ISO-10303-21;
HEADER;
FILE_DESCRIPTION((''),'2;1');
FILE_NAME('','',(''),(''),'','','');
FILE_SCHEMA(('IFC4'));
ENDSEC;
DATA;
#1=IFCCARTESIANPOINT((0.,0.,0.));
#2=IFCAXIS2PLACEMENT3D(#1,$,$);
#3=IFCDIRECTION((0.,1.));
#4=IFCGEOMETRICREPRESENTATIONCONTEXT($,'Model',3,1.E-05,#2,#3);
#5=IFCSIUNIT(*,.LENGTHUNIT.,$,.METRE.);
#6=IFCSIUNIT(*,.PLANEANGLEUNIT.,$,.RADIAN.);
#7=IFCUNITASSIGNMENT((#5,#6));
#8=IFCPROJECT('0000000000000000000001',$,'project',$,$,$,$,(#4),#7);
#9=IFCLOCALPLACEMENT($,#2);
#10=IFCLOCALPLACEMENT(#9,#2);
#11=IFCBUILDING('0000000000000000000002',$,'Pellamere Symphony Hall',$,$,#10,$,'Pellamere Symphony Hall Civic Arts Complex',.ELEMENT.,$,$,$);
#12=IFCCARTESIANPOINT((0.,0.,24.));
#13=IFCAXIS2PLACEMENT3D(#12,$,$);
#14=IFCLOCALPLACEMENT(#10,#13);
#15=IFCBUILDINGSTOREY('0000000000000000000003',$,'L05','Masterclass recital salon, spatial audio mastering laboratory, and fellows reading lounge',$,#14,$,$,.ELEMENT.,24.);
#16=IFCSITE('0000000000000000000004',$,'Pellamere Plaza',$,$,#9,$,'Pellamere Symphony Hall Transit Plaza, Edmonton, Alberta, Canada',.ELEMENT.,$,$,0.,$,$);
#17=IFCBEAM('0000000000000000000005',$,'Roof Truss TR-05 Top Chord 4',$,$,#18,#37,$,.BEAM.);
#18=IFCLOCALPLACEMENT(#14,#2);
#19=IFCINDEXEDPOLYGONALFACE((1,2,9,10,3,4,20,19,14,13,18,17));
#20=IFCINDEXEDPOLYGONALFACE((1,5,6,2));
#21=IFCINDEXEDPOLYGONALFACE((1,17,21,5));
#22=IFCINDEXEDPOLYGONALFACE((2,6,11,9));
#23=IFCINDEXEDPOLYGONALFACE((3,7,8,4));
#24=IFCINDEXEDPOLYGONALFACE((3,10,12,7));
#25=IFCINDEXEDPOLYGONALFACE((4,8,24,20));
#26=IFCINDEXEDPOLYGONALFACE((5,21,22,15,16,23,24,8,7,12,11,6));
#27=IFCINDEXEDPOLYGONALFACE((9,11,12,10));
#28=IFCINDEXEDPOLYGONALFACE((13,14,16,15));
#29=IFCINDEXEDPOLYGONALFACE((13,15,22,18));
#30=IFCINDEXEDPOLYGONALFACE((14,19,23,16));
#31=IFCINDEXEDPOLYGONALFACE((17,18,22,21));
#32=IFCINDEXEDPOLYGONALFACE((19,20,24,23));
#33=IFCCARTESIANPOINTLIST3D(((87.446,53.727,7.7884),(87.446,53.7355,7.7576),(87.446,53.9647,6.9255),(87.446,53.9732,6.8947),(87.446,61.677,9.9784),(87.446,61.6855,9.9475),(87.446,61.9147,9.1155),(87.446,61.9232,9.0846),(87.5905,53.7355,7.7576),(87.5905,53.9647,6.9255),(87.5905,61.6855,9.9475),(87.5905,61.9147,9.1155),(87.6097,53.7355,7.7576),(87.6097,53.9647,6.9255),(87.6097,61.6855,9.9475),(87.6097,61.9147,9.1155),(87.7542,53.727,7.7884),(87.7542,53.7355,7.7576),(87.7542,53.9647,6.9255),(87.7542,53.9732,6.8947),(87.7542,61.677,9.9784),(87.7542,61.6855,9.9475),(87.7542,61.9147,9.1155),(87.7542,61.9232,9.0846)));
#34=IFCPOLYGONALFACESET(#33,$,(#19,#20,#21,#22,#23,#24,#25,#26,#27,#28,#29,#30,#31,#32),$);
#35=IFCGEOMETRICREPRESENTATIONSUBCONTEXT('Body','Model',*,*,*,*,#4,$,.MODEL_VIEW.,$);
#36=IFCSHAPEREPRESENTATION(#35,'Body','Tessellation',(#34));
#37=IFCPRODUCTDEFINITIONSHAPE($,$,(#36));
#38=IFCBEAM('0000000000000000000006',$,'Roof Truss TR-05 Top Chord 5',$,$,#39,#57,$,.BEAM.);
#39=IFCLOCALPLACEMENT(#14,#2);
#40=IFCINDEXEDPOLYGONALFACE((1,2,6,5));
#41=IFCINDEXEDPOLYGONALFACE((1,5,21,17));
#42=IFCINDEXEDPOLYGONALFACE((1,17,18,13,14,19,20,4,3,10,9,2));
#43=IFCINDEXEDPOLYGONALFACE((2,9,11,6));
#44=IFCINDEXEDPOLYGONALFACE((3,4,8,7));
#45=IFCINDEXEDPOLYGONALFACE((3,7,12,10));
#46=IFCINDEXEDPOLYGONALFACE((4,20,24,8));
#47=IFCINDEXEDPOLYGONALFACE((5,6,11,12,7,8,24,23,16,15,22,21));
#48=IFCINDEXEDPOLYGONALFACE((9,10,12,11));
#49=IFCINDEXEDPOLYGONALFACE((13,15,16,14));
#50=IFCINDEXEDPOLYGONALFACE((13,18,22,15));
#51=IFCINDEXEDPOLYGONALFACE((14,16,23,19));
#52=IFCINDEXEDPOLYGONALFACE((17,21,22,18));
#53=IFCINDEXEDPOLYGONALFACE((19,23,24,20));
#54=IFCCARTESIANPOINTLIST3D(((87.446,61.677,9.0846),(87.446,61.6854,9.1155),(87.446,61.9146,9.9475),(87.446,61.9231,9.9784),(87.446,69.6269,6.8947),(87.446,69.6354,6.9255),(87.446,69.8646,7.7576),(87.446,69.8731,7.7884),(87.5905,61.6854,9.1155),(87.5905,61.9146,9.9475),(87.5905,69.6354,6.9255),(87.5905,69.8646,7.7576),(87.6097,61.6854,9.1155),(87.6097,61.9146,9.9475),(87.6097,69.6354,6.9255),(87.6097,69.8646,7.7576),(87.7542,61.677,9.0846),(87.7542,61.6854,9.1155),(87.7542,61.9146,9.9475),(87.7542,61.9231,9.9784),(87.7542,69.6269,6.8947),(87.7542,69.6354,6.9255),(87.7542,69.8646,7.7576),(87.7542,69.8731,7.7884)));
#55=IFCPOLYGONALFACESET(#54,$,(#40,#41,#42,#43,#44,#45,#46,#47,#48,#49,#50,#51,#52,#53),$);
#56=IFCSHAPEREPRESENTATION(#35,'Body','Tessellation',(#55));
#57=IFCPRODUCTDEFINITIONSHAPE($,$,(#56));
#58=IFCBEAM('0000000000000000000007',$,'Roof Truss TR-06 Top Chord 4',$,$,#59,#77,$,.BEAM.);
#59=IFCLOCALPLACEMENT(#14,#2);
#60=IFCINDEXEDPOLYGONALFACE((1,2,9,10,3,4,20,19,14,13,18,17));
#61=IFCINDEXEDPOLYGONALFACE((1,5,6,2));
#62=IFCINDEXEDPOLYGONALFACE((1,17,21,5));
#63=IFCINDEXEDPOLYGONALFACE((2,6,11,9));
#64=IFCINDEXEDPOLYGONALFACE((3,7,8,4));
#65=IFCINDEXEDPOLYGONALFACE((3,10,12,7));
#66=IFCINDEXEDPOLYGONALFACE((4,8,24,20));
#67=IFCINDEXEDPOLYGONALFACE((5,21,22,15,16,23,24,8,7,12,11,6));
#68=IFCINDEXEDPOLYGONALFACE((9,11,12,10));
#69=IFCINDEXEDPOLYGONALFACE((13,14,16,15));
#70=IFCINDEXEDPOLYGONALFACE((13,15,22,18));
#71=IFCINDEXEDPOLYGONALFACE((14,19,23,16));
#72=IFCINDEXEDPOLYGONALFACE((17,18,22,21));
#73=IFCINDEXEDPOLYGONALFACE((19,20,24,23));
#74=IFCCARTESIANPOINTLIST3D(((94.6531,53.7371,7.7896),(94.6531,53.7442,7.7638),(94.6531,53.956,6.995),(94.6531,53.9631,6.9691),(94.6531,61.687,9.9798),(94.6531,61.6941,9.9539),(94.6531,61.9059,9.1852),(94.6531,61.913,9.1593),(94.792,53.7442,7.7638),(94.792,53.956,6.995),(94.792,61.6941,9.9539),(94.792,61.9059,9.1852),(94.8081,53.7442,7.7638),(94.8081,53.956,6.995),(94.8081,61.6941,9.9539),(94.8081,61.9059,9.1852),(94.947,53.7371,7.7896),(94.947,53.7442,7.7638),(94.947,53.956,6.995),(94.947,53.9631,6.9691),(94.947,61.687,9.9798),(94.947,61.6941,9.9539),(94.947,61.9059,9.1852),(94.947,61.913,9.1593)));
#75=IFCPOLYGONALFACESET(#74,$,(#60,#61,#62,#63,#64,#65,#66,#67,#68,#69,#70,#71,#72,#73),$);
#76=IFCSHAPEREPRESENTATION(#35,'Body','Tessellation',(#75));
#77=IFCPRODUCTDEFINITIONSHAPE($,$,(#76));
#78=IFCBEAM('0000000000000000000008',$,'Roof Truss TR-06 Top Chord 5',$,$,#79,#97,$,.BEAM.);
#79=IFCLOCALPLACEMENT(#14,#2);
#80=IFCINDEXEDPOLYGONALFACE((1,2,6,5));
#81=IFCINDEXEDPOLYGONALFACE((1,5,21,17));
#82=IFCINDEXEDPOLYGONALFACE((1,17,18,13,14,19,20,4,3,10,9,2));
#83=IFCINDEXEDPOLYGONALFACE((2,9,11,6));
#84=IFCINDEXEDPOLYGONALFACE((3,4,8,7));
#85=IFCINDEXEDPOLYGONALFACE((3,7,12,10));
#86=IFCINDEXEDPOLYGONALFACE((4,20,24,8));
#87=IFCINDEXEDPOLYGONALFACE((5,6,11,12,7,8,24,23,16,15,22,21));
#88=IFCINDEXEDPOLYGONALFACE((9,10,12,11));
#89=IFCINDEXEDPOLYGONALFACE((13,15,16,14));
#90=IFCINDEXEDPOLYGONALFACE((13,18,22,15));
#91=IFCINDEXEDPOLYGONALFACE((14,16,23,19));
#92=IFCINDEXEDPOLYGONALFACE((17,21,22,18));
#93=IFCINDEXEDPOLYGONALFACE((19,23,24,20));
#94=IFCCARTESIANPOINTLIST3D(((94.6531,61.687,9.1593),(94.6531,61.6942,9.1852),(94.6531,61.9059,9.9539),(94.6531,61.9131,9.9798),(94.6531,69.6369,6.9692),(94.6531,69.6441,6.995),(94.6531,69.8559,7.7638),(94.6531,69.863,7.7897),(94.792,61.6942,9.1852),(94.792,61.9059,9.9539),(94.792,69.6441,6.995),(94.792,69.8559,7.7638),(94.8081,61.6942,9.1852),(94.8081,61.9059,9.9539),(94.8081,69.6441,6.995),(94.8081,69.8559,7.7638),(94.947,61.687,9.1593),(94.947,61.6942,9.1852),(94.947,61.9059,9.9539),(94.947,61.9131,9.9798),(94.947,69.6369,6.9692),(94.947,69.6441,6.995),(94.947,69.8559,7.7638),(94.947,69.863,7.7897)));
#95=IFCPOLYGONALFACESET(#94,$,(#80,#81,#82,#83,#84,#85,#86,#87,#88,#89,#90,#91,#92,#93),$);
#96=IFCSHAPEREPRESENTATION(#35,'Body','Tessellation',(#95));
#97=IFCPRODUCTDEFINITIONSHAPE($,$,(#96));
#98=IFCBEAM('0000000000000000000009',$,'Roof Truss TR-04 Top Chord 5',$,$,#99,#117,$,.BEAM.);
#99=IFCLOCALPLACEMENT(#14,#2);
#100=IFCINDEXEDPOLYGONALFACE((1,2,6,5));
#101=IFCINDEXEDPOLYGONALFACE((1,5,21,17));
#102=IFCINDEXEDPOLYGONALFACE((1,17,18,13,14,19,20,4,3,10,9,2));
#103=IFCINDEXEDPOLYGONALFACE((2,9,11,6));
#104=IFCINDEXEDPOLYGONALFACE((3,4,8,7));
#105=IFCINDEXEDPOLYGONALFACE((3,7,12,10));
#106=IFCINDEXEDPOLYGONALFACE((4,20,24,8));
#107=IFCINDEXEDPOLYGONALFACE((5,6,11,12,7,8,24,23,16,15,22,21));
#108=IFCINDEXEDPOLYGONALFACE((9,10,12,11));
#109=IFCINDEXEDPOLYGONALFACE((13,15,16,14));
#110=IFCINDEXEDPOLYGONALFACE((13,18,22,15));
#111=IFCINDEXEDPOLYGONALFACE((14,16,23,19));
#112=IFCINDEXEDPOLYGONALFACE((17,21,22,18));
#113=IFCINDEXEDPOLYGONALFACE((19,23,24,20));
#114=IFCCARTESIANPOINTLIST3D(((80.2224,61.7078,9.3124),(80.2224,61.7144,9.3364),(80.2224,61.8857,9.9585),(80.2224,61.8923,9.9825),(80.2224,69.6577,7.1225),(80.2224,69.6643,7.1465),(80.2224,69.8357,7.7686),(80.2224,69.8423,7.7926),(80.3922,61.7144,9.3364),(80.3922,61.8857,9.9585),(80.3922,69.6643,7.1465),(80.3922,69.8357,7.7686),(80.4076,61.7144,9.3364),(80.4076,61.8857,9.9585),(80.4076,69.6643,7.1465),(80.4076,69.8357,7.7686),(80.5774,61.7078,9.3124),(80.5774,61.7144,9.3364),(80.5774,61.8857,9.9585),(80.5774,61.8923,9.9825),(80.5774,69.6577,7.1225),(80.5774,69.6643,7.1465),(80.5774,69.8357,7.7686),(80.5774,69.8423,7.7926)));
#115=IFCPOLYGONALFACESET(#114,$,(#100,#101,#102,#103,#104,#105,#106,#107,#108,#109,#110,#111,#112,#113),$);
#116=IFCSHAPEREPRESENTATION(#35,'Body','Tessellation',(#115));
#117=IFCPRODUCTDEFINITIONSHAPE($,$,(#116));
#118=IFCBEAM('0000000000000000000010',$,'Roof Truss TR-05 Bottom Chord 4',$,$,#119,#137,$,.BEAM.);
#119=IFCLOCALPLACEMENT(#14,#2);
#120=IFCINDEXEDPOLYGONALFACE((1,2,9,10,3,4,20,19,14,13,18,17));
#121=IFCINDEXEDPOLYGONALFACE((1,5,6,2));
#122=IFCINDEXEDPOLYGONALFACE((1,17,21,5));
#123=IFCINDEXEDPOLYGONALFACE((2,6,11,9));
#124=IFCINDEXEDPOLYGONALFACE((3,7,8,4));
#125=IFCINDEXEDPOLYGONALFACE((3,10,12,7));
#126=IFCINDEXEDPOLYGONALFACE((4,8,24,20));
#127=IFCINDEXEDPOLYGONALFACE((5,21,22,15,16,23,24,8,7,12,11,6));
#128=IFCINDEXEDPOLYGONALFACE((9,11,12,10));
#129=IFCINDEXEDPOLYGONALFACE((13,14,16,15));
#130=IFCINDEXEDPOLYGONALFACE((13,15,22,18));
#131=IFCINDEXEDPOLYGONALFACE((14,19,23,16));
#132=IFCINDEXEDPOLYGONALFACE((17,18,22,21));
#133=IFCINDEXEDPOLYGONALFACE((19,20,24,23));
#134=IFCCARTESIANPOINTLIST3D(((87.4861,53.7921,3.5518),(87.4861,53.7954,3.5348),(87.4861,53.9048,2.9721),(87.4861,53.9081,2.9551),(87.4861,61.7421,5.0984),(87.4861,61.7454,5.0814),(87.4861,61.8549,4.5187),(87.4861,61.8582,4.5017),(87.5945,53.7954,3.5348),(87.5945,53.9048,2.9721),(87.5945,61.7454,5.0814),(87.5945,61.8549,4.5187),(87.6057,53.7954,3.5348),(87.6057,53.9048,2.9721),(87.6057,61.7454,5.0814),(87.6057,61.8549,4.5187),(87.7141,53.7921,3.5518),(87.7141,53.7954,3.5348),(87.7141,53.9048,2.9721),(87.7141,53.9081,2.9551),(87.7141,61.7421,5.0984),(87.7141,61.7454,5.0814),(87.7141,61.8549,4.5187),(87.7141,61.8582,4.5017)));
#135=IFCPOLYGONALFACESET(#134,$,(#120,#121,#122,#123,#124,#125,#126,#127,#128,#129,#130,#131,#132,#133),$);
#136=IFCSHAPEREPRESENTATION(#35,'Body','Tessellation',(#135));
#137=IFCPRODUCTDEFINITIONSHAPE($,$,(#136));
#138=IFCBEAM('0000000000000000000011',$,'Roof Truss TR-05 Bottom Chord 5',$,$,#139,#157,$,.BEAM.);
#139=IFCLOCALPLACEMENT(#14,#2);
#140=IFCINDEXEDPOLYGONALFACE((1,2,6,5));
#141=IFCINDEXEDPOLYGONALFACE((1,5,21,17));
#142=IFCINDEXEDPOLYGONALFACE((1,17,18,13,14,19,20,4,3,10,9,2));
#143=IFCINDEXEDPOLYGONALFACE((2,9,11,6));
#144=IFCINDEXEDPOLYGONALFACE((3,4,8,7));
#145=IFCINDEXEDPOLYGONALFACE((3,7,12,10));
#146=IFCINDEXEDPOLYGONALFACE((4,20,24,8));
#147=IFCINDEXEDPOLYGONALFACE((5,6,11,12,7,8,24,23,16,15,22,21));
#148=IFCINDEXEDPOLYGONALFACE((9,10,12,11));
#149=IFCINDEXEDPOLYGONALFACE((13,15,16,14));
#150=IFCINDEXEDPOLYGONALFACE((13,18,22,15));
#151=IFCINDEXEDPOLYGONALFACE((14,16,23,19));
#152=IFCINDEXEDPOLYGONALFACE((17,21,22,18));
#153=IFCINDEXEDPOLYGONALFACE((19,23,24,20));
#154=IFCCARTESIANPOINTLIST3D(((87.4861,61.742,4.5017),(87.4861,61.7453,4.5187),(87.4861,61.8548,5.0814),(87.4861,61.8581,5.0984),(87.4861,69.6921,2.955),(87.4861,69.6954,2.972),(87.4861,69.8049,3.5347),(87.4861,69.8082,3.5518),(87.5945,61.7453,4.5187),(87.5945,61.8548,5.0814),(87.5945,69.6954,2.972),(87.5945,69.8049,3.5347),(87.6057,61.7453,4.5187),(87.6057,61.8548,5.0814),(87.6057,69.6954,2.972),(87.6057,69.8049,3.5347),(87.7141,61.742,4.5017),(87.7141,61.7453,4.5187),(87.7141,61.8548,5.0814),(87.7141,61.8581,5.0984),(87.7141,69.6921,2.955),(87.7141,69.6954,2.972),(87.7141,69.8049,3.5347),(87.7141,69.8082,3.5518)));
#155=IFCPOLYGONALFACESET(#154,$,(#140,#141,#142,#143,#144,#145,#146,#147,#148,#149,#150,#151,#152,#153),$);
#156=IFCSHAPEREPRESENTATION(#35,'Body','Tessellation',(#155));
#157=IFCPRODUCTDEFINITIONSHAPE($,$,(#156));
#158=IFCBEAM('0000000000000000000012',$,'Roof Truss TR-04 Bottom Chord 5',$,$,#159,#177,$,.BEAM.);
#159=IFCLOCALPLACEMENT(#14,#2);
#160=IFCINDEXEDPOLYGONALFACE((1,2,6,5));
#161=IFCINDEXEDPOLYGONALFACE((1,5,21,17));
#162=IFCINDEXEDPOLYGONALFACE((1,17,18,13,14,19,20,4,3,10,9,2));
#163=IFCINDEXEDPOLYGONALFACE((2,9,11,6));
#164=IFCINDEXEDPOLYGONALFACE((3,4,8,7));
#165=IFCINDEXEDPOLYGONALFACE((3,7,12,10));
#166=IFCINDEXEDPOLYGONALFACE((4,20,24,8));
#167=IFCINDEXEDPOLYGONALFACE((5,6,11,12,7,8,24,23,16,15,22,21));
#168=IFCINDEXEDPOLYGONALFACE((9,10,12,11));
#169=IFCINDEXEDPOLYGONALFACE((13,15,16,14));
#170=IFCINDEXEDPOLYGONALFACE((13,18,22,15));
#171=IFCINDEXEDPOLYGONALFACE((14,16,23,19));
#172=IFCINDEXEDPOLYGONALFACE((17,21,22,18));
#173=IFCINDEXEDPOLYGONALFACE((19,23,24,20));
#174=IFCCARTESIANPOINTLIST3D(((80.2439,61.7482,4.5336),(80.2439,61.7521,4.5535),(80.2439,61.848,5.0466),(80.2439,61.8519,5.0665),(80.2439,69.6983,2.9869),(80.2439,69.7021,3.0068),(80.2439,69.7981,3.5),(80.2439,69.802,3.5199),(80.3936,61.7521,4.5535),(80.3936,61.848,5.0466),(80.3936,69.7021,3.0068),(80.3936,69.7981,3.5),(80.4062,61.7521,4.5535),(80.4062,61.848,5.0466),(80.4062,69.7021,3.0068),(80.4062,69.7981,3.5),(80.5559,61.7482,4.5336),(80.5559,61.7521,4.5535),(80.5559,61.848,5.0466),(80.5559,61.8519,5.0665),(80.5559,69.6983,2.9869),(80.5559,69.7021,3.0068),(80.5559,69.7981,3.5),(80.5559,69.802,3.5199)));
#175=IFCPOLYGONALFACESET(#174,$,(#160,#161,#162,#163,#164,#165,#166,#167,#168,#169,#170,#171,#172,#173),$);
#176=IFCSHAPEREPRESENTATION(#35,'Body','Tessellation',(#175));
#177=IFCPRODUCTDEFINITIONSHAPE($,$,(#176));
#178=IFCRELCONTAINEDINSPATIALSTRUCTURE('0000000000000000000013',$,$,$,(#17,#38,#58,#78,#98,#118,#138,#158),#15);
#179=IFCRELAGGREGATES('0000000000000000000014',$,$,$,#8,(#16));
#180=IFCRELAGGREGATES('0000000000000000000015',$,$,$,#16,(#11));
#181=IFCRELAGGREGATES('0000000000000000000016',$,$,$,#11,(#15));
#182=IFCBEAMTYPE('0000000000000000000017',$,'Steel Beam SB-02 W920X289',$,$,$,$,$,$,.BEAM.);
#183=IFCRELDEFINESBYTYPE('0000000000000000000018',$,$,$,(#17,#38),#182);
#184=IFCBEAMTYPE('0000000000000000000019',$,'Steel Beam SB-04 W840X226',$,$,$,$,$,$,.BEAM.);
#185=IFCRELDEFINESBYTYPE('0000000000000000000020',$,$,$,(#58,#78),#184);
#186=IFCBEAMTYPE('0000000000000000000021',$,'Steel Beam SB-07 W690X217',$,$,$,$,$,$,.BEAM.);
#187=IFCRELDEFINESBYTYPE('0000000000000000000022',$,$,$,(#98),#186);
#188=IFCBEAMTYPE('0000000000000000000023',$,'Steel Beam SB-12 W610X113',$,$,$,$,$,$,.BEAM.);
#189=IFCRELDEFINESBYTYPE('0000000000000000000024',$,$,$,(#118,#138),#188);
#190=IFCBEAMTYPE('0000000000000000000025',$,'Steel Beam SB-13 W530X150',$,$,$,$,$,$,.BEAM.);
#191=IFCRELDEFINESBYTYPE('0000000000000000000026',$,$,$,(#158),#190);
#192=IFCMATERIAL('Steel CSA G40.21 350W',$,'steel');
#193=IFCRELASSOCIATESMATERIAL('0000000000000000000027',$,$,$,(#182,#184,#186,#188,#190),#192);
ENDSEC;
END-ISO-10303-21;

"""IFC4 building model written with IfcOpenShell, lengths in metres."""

from ifc_helpers import new_model, si_unit, direction, frame, origin, origin_2d, place, context, subcontext, project, spatial, i_section, extrude, material, material_profile, profile_set, type_object, element, save


model = new_model("IFC4")

# Units and contexts
model_context = context("Model", 3, precision=1e-05, world=origin(), true_north=direction((0.0, 1.0)))
body_context = subcontext(model_context, "Body", "Model", "MODEL_VIEW")
ifc_project = project(units=[si_unit("LENGTHUNIT", "METRE"), si_unit("PLANEANGLEUNIT", "RADIAN")], contexts=[model_context])

# Site, building, storey
site_placement = place(None, origin())
site = spatial("IfcSite", under=ifc_project, at=site_placement, Name="Pellamere Plaza", LongName="Pellamere Symphony Hall Transit Plaza, Edmonton, Alberta, Canada", CompositionType="ELEMENT", RefElevation=0.0)
building_placement = place(site_placement, origin())
building = spatial("IfcBuilding", under=site, at=building_placement, Name="Pellamere Symphony Hall", LongName="Pellamere Symphony Hall Civic Arts Complex", CompositionType="ELEMENT")
storey_placement = place(building_placement, frame((0.0, 0.0, 24.0)))
storey = spatial("IfcBuildingStorey", under=building, at=storey_placement, Name="L05", Description="Masterclass recital salon, spatial audio mastering laboratory, and fellows reading lounge", CompositionType="ELEMENT", Elevation=24.0)

# Beams
ifc_material = material(Name="Steel CSA G40.21 350W", Category="steel")
ifc_material_profile_1 = material_profile(ifc_material, i_section(OverallWidth=0.3081, OverallDepth=0.927, WebThickness=0.0193, FlangeThickness=0.032, at=origin_2d()), Name="W920X289")
ifc_profile_set_1 = profile_set([ifc_material_profile_1], Name="Steel CSA G40.21 350W")
beam_type_1 = type_object("IfcBeamType", Name="Steel Beam SB-02 W920X289", PredefinedType="BEAM", material=ifc_profile_set_1)
for number, where, z_axis, x_axis, name in (
    (1, (87.6001, 53.8501, 7.3416), (0.0, 0.96409, 0.265574), (-1.0, 0.0, 0.0), "Roof Truss TR-05 Top Chord 4"),
    (2, (87.6001, 61.8, 9.5315), (0.0, 0.96409, -0.265574), (-1.0, 0.0, 0.0), "Roof Truss TR-05 Top Chord 5"),
):
    element("IfcBeam", number, at=place(storey_placement, frame(where, z_axis=z_axis, x_axis=x_axis)), inside=storey, type_object=beam_type_1, Name=name, PredefinedType="BEAM", context=body_context, shape_type="SweptSolid", body=[
        extrude(i_section(OverallWidth=0.3081, OverallDepth=0.927, WebThickness=0.0193, FlangeThickness=0.032, at=origin_2d()), origin(), (0.0, 0.0, 1.0), 8.2461),
    ])
ifc_material_profile_2 = material_profile(ifc_material, i_section(OverallWidth=0.2939, OverallDepth=0.8511, WebThickness=0.0161, FlangeThickness=0.0269, at=origin_2d()), Name="W840X226")
ifc_profile_set_2 = profile_set([ifc_material_profile_2], Name="Steel CSA G40.21 350W")
beam_type_2 = type_object("IfcBeamType", Name="Steel Beam SB-04 W840X226", PredefinedType="BEAM", material=ifc_profile_set_2)
for number, where, z_axis, x_axis, name in (
    (3, (94.8, 53.8501, 7.3794), (0.0, 0.964083, 0.265602), (-1.0, 0.0, 0.0), "Roof Truss TR-06 Top Chord 4"),
    (4, (94.8, 61.8, 9.5696), (0.0, 0.964083, -0.265602), (-1.0, 0.0, 0.0), "Roof Truss TR-06 Top Chord 5"),
):
    element("IfcBeam", number, at=place(storey_placement, frame(where, z_axis=z_axis, x_axis=x_axis)), inside=storey, type_object=beam_type_2, Name=name, PredefinedType="BEAM", context=body_context, shape_type="SweptSolid", body=[
        extrude(i_section(OverallWidth=0.2939, OverallDepth=0.8511, WebThickness=0.0161, FlangeThickness=0.0269, at=origin_2d()), origin(), (0.0, 0.0, 1.0), 8.2461),
    ])
ifc_material_profile_3 = material_profile(ifc_material, i_section(OverallWidth=0.355, OverallDepth=0.6951, WebThickness=0.0154, FlangeThickness=0.0249, at=origin_2d()), Name="W690X217")
ifc_profile_set_3 = profile_set([ifc_material_profile_3], Name="Steel CSA G40.21 350W")
beam_type_3 = type_object("IfcBeamType", Name="Steel Beam SB-07 W690X217", PredefinedType="BEAM", material=ifc_profile_set_3)
beam_1_placement = place(storey_placement, frame((80.3999, 61.8, 9.6475), z_axis=(0.0, 0.96409, -0.265574), x_axis=(-1.0, 0.0, 0.0)))
element("IfcBeam", 5, at=beam_1_placement, inside=storey, type_object=beam_type_3, Name="Roof Truss TR-04 Top Chord 5", PredefinedType="BEAM", context=body_context, shape_type="SweptSolid", body=[
    extrude(i_section(OverallWidth=0.355, OverallDepth=0.6951, WebThickness=0.0154, FlangeThickness=0.0249, at=origin_2d()), origin(), (0.0, 0.0, 1.0), 8.2461),
])
ifc_material_profile_4 = material_profile(ifc_material, i_section(OverallWidth=0.228, OverallDepth=0.6079, WebThickness=0.0112, FlangeThickness=0.0173, at=origin_2d()), Name="W610X113")
ifc_profile_set_4 = profile_set([ifc_material_profile_4], Name="Steel CSA G40.21 350W")
beam_type_4 = type_object("IfcBeamType", Name="Steel Beam SB-12 W610X113", PredefinedType="BEAM", material=ifc_profile_set_4)
for number, where, z_axis, x_axis, name in (
    (6, (87.6001, 53.8501, 3.2534), (0.0, 0.981597, 0.190966), (-1.0, 0.0, 0.0), "Roof Truss TR-05 Bottom Chord 4"),
    (7, (87.6001, 61.8, 4.8), (0.0, 0.981597, -0.190966), (-1.0, 0.0, 0.0), "Roof Truss TR-05 Bottom Chord 5"),
):
    element("IfcBeam", number, at=place(storey_placement, frame(where, z_axis=z_axis, x_axis=x_axis)), inside=storey, type_object=beam_type_4, Name=name, PredefinedType="BEAM", context=body_context, shape_type="SweptSolid", body=[
        extrude(i_section(OverallWidth=0.228, OverallDepth=0.6079, WebThickness=0.0112, FlangeThickness=0.0173, at=origin_2d()), origin(), (0.0, 0.0, 1.0), 8.0991),
    ])
ifc_material_profile_5 = material_profile(ifc_material, i_section(OverallWidth=0.312, OverallDepth=0.543, WebThickness=0.0127, FlangeThickness=0.0203, at=origin_2d()), Name="W530X150")
ifc_profile_set_5 = profile_set([ifc_material_profile_5], Name="Steel CSA G40.21 350W")
beam_type_5 = type_object("IfcBeamType", Name="Steel Beam SB-13 W530X150", PredefinedType="BEAM", material=ifc_profile_set_5)
beam_2_placement = place(storey_placement, frame((80.3999, 61.8, 4.8), z_axis=(0.0, 0.981597, -0.190966), x_axis=(-1.0, 0.0, 0.0)))
element("IfcBeam", 8, at=beam_2_placement, inside=storey, type_object=beam_type_5, Name="Roof Truss TR-04 Bottom Chord 5", PredefinedType="BEAM", context=body_context, shape_type="SweptSolid", body=[
    extrude(i_section(OverallWidth=0.312, OverallDepth=0.543, WebThickness=0.0127, FlangeThickness=0.0203, at=origin_2d()), origin(), (0.0, 0.0, 1.0), 8.0991),
])

save(model, "model.ifc")
